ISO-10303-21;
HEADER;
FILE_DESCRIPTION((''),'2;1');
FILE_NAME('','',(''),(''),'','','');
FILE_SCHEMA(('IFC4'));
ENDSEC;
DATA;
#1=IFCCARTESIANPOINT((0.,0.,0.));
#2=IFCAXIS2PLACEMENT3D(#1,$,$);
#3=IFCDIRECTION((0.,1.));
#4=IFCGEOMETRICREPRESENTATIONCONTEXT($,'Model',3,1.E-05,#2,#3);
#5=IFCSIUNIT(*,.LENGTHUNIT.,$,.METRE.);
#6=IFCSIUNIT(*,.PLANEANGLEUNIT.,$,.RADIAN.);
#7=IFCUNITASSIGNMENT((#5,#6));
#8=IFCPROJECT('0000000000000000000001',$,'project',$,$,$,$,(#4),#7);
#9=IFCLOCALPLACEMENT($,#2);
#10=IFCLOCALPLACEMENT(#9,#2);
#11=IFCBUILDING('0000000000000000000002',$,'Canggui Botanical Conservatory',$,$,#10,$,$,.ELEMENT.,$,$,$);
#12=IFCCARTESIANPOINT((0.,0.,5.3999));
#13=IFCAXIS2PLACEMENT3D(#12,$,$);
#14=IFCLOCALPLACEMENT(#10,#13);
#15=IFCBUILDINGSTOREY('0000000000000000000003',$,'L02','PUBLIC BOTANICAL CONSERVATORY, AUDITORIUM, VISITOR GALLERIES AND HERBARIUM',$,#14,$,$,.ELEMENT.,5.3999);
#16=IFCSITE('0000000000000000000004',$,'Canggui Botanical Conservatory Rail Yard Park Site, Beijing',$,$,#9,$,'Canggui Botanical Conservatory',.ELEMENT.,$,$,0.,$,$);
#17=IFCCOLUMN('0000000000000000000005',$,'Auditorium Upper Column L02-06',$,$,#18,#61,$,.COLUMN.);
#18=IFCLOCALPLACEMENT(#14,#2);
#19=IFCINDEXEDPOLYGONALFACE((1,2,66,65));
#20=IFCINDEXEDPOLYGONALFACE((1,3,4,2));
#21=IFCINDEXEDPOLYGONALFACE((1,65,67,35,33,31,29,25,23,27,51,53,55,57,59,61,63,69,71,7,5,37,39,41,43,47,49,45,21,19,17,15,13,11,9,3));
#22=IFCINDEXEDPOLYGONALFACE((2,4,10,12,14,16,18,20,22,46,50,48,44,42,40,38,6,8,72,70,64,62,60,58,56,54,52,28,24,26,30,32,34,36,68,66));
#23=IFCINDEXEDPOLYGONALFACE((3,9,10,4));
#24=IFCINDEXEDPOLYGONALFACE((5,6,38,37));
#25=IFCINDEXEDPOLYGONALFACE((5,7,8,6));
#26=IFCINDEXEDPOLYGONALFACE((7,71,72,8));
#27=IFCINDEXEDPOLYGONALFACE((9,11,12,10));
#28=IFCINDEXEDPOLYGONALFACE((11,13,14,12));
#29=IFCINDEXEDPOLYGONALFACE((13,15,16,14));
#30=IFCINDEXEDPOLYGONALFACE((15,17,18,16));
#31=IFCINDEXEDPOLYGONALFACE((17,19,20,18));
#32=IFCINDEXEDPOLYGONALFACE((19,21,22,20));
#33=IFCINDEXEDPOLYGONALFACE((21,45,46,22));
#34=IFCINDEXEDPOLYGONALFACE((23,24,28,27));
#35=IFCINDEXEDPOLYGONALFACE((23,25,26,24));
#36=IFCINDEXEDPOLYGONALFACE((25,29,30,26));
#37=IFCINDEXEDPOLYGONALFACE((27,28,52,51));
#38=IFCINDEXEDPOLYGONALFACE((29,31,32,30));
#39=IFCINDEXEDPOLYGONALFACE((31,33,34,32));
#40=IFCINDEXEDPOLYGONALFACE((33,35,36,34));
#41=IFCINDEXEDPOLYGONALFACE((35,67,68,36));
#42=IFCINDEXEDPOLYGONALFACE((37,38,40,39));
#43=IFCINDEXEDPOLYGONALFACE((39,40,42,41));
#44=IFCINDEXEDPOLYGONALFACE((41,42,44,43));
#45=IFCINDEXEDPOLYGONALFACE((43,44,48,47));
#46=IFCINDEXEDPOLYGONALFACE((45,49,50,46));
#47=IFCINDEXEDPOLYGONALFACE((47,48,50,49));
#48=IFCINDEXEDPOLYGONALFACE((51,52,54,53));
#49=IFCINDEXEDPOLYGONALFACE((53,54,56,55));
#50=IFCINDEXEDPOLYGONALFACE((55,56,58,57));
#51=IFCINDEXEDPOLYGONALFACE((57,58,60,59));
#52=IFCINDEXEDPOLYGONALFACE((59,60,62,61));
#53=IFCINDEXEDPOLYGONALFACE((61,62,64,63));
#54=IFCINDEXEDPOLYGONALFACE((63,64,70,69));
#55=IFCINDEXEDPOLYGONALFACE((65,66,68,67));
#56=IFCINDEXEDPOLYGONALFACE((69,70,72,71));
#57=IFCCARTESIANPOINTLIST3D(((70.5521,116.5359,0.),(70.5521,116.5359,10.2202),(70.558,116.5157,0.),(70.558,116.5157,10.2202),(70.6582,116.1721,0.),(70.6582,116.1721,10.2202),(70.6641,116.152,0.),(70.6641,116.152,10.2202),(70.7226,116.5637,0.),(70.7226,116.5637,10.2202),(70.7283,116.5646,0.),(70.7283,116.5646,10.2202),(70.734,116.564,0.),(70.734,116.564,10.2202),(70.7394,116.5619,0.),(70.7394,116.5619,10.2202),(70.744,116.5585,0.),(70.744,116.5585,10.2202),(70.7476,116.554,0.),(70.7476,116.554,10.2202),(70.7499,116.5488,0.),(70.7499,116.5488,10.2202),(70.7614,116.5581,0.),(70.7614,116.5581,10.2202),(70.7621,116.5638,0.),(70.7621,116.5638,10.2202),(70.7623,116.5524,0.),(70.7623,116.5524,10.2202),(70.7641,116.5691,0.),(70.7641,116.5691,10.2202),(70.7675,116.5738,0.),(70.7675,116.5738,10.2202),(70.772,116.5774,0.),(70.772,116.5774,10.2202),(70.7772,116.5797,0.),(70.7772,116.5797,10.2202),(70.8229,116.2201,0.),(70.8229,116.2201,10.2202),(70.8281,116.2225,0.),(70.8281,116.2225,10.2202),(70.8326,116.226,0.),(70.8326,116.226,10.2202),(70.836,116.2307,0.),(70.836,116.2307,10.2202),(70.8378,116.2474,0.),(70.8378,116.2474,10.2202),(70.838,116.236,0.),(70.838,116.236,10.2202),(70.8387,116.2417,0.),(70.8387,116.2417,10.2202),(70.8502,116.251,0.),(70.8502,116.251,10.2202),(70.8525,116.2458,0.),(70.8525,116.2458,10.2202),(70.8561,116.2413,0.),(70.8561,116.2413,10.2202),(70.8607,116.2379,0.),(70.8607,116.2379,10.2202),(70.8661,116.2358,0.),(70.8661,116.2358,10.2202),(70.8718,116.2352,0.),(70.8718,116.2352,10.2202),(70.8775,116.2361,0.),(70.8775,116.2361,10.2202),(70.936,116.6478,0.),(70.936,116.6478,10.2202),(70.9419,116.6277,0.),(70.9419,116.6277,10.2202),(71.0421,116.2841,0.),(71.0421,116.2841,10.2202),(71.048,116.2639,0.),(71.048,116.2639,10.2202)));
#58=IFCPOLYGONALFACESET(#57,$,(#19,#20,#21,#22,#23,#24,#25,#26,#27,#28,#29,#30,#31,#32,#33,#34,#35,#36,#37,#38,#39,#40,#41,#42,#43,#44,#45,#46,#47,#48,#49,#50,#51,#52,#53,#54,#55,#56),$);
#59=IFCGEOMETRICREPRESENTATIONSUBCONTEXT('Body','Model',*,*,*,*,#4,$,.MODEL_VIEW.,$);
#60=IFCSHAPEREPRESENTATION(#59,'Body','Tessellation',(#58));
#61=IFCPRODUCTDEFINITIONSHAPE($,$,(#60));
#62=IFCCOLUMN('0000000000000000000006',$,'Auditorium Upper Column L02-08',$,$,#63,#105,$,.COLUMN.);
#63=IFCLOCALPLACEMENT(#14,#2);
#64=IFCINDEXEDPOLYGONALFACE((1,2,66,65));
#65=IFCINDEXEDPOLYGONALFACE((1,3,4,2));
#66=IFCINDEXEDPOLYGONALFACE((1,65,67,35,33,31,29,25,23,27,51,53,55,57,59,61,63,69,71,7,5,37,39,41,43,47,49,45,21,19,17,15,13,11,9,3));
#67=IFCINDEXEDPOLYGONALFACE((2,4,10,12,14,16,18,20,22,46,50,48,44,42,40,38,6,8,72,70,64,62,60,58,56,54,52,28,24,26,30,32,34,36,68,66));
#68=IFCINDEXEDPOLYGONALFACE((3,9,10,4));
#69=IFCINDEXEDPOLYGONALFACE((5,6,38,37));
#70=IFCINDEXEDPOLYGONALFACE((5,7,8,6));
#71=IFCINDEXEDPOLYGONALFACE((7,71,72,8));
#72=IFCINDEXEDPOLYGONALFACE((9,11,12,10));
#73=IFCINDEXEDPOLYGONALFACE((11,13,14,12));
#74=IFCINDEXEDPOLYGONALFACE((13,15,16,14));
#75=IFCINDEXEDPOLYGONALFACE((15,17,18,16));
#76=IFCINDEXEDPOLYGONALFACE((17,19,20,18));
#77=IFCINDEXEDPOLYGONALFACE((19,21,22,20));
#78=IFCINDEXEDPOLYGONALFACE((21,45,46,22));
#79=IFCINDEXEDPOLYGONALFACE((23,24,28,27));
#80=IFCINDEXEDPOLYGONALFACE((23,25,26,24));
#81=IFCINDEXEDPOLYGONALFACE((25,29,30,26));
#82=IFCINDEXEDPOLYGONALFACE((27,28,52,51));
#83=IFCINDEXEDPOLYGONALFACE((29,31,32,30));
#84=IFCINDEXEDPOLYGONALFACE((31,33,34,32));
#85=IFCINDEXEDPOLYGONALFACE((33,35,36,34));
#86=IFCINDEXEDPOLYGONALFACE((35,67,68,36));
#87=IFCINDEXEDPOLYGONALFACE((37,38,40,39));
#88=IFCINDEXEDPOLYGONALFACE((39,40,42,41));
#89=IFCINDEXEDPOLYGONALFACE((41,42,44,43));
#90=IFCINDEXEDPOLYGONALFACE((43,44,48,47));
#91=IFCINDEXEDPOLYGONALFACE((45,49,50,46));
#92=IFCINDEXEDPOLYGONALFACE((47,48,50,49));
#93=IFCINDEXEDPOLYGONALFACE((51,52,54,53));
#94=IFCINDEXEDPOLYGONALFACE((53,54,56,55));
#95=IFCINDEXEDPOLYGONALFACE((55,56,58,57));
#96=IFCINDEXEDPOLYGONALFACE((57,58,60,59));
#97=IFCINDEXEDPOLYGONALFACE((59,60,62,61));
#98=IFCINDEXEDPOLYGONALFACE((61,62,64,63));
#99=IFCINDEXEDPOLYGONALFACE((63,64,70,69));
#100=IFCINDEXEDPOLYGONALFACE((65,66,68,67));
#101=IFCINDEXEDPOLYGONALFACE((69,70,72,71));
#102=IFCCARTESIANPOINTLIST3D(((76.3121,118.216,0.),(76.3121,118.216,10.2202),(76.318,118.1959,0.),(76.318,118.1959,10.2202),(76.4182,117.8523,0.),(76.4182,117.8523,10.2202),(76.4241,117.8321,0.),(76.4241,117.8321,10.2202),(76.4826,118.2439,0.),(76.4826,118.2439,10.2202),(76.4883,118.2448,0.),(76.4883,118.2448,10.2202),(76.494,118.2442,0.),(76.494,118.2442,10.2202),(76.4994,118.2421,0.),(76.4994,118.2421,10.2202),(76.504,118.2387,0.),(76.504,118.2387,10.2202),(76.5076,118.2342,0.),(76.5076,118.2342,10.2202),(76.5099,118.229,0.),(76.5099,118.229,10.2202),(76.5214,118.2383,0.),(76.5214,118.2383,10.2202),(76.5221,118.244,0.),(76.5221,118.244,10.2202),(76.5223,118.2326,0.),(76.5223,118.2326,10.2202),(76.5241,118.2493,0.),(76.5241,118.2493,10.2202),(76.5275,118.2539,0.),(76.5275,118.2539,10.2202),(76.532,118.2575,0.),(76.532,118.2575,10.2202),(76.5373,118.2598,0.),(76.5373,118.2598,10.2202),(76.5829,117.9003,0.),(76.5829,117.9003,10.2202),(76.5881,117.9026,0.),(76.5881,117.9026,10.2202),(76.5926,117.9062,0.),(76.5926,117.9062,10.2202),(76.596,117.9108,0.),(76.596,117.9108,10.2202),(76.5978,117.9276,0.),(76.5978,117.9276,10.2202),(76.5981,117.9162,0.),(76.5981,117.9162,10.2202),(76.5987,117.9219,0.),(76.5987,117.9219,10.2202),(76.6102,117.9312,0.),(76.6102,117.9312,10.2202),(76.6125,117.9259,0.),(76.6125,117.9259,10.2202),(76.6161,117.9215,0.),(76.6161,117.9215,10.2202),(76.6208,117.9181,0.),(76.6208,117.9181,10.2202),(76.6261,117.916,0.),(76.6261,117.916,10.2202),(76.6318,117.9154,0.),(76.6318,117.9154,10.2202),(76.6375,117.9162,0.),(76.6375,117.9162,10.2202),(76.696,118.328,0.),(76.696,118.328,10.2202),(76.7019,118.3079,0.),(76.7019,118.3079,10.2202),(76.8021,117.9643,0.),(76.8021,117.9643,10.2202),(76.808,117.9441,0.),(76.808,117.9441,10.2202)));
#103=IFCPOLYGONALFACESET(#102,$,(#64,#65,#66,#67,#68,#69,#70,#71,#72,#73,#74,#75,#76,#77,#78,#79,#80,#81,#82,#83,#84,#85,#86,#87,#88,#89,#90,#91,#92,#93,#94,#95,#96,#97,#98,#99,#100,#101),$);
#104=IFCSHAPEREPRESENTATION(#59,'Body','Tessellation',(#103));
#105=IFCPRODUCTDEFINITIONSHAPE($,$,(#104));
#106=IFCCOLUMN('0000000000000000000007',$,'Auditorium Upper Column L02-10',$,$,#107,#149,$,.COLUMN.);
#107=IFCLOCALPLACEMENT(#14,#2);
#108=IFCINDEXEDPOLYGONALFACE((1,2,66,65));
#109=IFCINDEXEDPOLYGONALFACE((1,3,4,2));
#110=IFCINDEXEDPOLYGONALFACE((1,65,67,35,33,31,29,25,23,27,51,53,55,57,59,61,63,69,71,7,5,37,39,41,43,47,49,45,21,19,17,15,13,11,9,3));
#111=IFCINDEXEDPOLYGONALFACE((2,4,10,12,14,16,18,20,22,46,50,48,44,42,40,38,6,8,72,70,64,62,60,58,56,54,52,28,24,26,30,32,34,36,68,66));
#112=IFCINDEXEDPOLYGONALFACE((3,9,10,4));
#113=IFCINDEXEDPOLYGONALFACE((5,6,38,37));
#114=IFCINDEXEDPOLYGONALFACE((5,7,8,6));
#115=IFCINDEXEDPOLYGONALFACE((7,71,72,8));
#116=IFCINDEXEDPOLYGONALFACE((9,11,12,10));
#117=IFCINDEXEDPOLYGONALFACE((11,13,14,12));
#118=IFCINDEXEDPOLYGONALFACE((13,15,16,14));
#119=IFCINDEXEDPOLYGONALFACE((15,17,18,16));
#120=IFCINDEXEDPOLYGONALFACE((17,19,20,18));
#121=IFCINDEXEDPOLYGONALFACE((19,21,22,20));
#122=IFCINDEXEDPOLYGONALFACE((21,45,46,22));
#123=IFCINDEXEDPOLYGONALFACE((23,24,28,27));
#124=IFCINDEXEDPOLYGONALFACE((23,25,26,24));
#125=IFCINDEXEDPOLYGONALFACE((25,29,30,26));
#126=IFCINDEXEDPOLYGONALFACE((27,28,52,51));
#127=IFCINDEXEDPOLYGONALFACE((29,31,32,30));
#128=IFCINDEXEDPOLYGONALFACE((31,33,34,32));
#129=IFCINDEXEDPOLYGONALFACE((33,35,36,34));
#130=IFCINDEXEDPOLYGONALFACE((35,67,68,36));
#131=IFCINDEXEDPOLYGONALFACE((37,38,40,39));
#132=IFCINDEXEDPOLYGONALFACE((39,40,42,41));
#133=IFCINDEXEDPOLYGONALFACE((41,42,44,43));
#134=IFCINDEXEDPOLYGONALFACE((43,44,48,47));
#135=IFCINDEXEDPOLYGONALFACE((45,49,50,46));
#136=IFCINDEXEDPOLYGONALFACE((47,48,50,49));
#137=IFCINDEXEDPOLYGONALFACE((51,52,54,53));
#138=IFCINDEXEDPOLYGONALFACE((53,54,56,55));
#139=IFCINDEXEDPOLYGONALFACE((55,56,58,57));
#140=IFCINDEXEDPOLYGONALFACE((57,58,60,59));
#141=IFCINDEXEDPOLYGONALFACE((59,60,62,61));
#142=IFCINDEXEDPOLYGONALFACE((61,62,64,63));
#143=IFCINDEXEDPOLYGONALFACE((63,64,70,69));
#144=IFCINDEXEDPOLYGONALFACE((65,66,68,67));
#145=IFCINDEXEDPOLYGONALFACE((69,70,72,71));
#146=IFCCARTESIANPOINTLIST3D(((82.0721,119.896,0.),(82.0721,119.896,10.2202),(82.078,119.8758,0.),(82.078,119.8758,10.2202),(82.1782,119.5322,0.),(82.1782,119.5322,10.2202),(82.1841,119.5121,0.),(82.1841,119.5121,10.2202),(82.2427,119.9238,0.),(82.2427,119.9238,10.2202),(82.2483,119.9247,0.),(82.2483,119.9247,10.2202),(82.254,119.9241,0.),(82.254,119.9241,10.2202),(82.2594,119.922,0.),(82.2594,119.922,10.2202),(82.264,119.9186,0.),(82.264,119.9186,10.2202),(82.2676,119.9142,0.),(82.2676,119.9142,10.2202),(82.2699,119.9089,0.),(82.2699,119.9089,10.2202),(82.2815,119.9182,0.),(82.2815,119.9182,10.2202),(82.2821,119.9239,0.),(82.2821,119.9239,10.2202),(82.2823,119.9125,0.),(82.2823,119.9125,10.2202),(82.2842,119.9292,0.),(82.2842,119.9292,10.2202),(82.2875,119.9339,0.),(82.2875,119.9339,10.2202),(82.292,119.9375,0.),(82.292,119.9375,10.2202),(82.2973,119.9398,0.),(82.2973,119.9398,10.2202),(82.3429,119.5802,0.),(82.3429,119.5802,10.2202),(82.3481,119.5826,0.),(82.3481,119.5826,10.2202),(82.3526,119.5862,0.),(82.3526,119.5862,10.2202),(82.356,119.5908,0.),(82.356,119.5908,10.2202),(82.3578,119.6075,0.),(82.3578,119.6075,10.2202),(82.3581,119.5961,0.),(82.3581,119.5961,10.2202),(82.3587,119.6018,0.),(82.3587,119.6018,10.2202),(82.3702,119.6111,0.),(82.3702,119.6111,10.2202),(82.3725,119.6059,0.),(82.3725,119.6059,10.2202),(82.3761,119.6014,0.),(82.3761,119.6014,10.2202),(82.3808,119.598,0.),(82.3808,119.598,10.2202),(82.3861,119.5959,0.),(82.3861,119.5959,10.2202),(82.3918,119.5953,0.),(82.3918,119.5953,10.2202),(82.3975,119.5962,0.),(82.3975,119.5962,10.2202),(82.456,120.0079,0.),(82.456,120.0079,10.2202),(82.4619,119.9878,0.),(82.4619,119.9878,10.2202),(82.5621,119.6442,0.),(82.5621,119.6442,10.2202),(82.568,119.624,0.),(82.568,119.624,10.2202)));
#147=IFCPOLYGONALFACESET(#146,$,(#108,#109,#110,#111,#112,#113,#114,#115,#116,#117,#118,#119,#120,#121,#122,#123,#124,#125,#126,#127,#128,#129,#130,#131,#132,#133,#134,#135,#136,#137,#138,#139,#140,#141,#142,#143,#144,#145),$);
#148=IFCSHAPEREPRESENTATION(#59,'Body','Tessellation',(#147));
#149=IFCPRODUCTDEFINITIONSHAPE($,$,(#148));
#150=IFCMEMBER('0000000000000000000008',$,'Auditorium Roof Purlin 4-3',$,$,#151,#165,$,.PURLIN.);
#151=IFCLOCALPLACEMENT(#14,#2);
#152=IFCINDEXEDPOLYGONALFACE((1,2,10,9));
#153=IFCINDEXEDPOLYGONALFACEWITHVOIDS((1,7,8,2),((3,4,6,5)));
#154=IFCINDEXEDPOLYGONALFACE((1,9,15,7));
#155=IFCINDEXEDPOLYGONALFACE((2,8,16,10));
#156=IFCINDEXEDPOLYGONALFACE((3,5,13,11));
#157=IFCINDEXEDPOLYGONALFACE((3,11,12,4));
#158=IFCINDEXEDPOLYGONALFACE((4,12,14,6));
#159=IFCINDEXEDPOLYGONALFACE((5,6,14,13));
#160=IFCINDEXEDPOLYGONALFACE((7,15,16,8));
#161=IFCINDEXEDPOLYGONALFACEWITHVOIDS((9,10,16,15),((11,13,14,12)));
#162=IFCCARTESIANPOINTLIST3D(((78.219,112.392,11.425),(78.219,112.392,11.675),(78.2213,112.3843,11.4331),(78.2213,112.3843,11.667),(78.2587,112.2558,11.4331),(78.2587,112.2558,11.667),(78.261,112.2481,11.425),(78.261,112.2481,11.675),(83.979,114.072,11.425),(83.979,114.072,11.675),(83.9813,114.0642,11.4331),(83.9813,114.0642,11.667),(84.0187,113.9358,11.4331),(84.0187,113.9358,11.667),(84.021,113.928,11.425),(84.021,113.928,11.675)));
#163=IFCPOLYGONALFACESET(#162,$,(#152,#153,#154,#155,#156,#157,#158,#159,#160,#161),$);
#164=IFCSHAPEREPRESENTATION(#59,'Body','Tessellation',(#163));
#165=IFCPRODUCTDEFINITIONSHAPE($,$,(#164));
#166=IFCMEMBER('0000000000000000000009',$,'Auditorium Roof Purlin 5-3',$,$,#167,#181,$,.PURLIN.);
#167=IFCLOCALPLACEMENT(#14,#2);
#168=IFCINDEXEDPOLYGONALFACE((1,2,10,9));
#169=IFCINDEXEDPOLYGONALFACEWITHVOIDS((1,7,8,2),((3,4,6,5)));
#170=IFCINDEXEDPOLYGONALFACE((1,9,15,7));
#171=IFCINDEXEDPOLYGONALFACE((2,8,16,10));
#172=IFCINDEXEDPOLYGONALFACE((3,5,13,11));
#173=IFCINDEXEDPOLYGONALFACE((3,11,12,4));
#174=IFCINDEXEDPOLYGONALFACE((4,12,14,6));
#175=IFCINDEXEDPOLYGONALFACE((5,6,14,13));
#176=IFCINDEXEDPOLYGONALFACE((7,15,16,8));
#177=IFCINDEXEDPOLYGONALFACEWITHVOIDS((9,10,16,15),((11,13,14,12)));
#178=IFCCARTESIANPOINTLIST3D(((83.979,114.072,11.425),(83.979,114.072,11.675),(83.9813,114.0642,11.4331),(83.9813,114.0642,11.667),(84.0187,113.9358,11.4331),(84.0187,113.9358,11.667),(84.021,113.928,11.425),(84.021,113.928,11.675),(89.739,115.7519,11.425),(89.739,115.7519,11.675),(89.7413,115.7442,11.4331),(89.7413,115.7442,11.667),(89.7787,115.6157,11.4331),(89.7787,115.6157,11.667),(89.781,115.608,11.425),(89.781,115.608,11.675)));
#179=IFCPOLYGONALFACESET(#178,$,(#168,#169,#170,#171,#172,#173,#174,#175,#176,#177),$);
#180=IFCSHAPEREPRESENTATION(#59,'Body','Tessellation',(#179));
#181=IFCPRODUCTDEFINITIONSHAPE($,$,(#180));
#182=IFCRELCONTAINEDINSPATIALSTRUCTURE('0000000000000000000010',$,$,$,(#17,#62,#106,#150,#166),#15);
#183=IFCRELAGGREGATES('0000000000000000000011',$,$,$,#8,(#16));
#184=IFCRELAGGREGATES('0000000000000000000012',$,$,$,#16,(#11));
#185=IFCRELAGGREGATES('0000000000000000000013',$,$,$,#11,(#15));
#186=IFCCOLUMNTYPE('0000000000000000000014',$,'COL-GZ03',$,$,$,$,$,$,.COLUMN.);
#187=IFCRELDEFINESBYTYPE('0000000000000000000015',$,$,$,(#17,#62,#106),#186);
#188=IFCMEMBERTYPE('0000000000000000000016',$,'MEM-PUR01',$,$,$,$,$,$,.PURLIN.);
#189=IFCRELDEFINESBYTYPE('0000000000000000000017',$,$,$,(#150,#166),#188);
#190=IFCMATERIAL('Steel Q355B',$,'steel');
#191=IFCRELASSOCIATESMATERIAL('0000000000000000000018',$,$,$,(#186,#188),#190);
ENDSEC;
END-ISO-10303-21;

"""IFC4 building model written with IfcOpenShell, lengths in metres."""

from ifc_helpers import new_model, si_unit, direction, frame, origin, origin_2d, place, context, subcontext, project, spatial, hollow_rectangle, i_section, extrude, material, material_profile, profile_set, type_object, element, save


model = new_model("IFC4")

# Units and contexts
model_context = context("Model", 3, precision=1e-05, world=origin(), true_north=direction((0.0, 1.0)))
body_context = subcontext(model_context, "Body", "Model", "MODEL_VIEW")
ifc_project = project(units=[si_unit("LENGTHUNIT", "METRE"), si_unit("PLANEANGLEUNIT", "RADIAN")], contexts=[model_context])

# Site, building, storey
site_placement = place(None, origin())
site = spatial("IfcSite", under=ifc_project, at=site_placement, Name="Canggui Botanical Conservatory Rail Yard Park Site, Beijing", LongName="Canggui Botanical Conservatory", CompositionType="ELEMENT", RefElevation=0.0)
building_placement = place(site_placement, origin())
building = spatial("IfcBuilding", under=site, at=building_placement, Name="Canggui Botanical Conservatory", CompositionType="ELEMENT")
storey_placement = place(building_placement, frame((0.0, 0.0, 5.3999)))
storey = spatial("IfcBuildingStorey", under=building, at=storey_placement, Name="L02", Description="PUBLIC BOTANICAL CONSERVATORY, AUDITORIUM, VISITOR GALLERIES AND HERBARIUM", CompositionType="ELEMENT", Elevation=5.3999)

# Columns
ifc_material_1 = material(Name="Steel Q355B", Category="steel")
ifc_material_profile_1 = material_profile(ifc_material_1, i_section(OverallWidth=0.3999, OverallDepth=0.3999, WebThickness=0.0129, FlangeThickness=0.021, FilletRadius=0.022, at=origin_2d()), Name="HW 400x400x13x21")
ifc_profile_set_1 = profile_set([ifc_material_profile_1], Name="Steel Q355B")
column_type = type_object("IfcColumnType", Name="COL-GZ03", PredefinedType="COLUMN", material=ifc_profile_set_1)
for number, where, z_axis, x_axis, name in (
    (1, (70.8, 116.3999, 0.0), (0.0, 0.0, 1.0), (0.96, 0.28, 0.0), "Auditorium Upper Column L02-06"),
    (2, (76.5601, 118.0801, 0.0), (0.0, 0.0, 1.0), (0.96, 0.28, 0.0), "Auditorium Upper Column L02-08"),
    (3, (82.3201, 119.76, 0.0), (0.0, 0.0, 1.0), (0.96, 0.28, 0.0), "Auditorium Upper Column L02-10"),
):
    element("IfcColumn", number, at=place(storey_placement, frame(where, z_axis=z_axis, x_axis=x_axis)), inside=storey, type_object=column_type, Name=name, PredefinedType="COLUMN", context=body_context, shape_type="SweptSolid", body=[
        extrude(i_section(OverallWidth=0.3999, OverallDepth=0.3999, WebThickness=0.0129, FlangeThickness=0.021, FilletRadius=0.022, at=origin_2d()), origin(), (0.0, 0.0, 1.0), 10.2202),
    ])

# Members
ifc_material_profile_2 = material_profile(ifc_material_1, hollow_rectangle(XDim=0.1499, YDim=0.25, WallThickness=0.0081, at=origin_2d()), Name="RHS 150x250x8")
ifc_profile_set_2 = profile_set([ifc_material_profile_2], Name="Steel Q355B")
member_type_1 = type_object("IfcMemberType", Name="MEM-PUR01", PredefinedType="PURLIN", material=ifc_profile_set_2)
for number, where, z_axis, x_axis, name in (
    (4, (78.24, 112.3201, 11.55), (0.960003, 0.279989, 0.0), (-0.279989, 0.960003, 0.0), "Auditorium Roof Purlin 4-3"),
    (5, (84.0, 114.0, 11.55), (0.960003, 0.279989, 0.0), (-0.279989, 0.960003, 0.0), "Auditorium Roof Purlin 5-3"),
):
    element("IfcMember", number, at=place(storey_placement, frame(where, z_axis=z_axis, x_axis=x_axis)), inside=storey, type_object=member_type_1, Name=name, PredefinedType="PURLIN", context=body_context, shape_type="SweptSolid", body=[
        extrude(hollow_rectangle(XDim=0.1499, YDim=0.25, WallThickness=0.0081, at=origin_2d()), origin(), (0.0, 0.0, 1.0), 6.0),
    ])

save(model, "model.ifc")
